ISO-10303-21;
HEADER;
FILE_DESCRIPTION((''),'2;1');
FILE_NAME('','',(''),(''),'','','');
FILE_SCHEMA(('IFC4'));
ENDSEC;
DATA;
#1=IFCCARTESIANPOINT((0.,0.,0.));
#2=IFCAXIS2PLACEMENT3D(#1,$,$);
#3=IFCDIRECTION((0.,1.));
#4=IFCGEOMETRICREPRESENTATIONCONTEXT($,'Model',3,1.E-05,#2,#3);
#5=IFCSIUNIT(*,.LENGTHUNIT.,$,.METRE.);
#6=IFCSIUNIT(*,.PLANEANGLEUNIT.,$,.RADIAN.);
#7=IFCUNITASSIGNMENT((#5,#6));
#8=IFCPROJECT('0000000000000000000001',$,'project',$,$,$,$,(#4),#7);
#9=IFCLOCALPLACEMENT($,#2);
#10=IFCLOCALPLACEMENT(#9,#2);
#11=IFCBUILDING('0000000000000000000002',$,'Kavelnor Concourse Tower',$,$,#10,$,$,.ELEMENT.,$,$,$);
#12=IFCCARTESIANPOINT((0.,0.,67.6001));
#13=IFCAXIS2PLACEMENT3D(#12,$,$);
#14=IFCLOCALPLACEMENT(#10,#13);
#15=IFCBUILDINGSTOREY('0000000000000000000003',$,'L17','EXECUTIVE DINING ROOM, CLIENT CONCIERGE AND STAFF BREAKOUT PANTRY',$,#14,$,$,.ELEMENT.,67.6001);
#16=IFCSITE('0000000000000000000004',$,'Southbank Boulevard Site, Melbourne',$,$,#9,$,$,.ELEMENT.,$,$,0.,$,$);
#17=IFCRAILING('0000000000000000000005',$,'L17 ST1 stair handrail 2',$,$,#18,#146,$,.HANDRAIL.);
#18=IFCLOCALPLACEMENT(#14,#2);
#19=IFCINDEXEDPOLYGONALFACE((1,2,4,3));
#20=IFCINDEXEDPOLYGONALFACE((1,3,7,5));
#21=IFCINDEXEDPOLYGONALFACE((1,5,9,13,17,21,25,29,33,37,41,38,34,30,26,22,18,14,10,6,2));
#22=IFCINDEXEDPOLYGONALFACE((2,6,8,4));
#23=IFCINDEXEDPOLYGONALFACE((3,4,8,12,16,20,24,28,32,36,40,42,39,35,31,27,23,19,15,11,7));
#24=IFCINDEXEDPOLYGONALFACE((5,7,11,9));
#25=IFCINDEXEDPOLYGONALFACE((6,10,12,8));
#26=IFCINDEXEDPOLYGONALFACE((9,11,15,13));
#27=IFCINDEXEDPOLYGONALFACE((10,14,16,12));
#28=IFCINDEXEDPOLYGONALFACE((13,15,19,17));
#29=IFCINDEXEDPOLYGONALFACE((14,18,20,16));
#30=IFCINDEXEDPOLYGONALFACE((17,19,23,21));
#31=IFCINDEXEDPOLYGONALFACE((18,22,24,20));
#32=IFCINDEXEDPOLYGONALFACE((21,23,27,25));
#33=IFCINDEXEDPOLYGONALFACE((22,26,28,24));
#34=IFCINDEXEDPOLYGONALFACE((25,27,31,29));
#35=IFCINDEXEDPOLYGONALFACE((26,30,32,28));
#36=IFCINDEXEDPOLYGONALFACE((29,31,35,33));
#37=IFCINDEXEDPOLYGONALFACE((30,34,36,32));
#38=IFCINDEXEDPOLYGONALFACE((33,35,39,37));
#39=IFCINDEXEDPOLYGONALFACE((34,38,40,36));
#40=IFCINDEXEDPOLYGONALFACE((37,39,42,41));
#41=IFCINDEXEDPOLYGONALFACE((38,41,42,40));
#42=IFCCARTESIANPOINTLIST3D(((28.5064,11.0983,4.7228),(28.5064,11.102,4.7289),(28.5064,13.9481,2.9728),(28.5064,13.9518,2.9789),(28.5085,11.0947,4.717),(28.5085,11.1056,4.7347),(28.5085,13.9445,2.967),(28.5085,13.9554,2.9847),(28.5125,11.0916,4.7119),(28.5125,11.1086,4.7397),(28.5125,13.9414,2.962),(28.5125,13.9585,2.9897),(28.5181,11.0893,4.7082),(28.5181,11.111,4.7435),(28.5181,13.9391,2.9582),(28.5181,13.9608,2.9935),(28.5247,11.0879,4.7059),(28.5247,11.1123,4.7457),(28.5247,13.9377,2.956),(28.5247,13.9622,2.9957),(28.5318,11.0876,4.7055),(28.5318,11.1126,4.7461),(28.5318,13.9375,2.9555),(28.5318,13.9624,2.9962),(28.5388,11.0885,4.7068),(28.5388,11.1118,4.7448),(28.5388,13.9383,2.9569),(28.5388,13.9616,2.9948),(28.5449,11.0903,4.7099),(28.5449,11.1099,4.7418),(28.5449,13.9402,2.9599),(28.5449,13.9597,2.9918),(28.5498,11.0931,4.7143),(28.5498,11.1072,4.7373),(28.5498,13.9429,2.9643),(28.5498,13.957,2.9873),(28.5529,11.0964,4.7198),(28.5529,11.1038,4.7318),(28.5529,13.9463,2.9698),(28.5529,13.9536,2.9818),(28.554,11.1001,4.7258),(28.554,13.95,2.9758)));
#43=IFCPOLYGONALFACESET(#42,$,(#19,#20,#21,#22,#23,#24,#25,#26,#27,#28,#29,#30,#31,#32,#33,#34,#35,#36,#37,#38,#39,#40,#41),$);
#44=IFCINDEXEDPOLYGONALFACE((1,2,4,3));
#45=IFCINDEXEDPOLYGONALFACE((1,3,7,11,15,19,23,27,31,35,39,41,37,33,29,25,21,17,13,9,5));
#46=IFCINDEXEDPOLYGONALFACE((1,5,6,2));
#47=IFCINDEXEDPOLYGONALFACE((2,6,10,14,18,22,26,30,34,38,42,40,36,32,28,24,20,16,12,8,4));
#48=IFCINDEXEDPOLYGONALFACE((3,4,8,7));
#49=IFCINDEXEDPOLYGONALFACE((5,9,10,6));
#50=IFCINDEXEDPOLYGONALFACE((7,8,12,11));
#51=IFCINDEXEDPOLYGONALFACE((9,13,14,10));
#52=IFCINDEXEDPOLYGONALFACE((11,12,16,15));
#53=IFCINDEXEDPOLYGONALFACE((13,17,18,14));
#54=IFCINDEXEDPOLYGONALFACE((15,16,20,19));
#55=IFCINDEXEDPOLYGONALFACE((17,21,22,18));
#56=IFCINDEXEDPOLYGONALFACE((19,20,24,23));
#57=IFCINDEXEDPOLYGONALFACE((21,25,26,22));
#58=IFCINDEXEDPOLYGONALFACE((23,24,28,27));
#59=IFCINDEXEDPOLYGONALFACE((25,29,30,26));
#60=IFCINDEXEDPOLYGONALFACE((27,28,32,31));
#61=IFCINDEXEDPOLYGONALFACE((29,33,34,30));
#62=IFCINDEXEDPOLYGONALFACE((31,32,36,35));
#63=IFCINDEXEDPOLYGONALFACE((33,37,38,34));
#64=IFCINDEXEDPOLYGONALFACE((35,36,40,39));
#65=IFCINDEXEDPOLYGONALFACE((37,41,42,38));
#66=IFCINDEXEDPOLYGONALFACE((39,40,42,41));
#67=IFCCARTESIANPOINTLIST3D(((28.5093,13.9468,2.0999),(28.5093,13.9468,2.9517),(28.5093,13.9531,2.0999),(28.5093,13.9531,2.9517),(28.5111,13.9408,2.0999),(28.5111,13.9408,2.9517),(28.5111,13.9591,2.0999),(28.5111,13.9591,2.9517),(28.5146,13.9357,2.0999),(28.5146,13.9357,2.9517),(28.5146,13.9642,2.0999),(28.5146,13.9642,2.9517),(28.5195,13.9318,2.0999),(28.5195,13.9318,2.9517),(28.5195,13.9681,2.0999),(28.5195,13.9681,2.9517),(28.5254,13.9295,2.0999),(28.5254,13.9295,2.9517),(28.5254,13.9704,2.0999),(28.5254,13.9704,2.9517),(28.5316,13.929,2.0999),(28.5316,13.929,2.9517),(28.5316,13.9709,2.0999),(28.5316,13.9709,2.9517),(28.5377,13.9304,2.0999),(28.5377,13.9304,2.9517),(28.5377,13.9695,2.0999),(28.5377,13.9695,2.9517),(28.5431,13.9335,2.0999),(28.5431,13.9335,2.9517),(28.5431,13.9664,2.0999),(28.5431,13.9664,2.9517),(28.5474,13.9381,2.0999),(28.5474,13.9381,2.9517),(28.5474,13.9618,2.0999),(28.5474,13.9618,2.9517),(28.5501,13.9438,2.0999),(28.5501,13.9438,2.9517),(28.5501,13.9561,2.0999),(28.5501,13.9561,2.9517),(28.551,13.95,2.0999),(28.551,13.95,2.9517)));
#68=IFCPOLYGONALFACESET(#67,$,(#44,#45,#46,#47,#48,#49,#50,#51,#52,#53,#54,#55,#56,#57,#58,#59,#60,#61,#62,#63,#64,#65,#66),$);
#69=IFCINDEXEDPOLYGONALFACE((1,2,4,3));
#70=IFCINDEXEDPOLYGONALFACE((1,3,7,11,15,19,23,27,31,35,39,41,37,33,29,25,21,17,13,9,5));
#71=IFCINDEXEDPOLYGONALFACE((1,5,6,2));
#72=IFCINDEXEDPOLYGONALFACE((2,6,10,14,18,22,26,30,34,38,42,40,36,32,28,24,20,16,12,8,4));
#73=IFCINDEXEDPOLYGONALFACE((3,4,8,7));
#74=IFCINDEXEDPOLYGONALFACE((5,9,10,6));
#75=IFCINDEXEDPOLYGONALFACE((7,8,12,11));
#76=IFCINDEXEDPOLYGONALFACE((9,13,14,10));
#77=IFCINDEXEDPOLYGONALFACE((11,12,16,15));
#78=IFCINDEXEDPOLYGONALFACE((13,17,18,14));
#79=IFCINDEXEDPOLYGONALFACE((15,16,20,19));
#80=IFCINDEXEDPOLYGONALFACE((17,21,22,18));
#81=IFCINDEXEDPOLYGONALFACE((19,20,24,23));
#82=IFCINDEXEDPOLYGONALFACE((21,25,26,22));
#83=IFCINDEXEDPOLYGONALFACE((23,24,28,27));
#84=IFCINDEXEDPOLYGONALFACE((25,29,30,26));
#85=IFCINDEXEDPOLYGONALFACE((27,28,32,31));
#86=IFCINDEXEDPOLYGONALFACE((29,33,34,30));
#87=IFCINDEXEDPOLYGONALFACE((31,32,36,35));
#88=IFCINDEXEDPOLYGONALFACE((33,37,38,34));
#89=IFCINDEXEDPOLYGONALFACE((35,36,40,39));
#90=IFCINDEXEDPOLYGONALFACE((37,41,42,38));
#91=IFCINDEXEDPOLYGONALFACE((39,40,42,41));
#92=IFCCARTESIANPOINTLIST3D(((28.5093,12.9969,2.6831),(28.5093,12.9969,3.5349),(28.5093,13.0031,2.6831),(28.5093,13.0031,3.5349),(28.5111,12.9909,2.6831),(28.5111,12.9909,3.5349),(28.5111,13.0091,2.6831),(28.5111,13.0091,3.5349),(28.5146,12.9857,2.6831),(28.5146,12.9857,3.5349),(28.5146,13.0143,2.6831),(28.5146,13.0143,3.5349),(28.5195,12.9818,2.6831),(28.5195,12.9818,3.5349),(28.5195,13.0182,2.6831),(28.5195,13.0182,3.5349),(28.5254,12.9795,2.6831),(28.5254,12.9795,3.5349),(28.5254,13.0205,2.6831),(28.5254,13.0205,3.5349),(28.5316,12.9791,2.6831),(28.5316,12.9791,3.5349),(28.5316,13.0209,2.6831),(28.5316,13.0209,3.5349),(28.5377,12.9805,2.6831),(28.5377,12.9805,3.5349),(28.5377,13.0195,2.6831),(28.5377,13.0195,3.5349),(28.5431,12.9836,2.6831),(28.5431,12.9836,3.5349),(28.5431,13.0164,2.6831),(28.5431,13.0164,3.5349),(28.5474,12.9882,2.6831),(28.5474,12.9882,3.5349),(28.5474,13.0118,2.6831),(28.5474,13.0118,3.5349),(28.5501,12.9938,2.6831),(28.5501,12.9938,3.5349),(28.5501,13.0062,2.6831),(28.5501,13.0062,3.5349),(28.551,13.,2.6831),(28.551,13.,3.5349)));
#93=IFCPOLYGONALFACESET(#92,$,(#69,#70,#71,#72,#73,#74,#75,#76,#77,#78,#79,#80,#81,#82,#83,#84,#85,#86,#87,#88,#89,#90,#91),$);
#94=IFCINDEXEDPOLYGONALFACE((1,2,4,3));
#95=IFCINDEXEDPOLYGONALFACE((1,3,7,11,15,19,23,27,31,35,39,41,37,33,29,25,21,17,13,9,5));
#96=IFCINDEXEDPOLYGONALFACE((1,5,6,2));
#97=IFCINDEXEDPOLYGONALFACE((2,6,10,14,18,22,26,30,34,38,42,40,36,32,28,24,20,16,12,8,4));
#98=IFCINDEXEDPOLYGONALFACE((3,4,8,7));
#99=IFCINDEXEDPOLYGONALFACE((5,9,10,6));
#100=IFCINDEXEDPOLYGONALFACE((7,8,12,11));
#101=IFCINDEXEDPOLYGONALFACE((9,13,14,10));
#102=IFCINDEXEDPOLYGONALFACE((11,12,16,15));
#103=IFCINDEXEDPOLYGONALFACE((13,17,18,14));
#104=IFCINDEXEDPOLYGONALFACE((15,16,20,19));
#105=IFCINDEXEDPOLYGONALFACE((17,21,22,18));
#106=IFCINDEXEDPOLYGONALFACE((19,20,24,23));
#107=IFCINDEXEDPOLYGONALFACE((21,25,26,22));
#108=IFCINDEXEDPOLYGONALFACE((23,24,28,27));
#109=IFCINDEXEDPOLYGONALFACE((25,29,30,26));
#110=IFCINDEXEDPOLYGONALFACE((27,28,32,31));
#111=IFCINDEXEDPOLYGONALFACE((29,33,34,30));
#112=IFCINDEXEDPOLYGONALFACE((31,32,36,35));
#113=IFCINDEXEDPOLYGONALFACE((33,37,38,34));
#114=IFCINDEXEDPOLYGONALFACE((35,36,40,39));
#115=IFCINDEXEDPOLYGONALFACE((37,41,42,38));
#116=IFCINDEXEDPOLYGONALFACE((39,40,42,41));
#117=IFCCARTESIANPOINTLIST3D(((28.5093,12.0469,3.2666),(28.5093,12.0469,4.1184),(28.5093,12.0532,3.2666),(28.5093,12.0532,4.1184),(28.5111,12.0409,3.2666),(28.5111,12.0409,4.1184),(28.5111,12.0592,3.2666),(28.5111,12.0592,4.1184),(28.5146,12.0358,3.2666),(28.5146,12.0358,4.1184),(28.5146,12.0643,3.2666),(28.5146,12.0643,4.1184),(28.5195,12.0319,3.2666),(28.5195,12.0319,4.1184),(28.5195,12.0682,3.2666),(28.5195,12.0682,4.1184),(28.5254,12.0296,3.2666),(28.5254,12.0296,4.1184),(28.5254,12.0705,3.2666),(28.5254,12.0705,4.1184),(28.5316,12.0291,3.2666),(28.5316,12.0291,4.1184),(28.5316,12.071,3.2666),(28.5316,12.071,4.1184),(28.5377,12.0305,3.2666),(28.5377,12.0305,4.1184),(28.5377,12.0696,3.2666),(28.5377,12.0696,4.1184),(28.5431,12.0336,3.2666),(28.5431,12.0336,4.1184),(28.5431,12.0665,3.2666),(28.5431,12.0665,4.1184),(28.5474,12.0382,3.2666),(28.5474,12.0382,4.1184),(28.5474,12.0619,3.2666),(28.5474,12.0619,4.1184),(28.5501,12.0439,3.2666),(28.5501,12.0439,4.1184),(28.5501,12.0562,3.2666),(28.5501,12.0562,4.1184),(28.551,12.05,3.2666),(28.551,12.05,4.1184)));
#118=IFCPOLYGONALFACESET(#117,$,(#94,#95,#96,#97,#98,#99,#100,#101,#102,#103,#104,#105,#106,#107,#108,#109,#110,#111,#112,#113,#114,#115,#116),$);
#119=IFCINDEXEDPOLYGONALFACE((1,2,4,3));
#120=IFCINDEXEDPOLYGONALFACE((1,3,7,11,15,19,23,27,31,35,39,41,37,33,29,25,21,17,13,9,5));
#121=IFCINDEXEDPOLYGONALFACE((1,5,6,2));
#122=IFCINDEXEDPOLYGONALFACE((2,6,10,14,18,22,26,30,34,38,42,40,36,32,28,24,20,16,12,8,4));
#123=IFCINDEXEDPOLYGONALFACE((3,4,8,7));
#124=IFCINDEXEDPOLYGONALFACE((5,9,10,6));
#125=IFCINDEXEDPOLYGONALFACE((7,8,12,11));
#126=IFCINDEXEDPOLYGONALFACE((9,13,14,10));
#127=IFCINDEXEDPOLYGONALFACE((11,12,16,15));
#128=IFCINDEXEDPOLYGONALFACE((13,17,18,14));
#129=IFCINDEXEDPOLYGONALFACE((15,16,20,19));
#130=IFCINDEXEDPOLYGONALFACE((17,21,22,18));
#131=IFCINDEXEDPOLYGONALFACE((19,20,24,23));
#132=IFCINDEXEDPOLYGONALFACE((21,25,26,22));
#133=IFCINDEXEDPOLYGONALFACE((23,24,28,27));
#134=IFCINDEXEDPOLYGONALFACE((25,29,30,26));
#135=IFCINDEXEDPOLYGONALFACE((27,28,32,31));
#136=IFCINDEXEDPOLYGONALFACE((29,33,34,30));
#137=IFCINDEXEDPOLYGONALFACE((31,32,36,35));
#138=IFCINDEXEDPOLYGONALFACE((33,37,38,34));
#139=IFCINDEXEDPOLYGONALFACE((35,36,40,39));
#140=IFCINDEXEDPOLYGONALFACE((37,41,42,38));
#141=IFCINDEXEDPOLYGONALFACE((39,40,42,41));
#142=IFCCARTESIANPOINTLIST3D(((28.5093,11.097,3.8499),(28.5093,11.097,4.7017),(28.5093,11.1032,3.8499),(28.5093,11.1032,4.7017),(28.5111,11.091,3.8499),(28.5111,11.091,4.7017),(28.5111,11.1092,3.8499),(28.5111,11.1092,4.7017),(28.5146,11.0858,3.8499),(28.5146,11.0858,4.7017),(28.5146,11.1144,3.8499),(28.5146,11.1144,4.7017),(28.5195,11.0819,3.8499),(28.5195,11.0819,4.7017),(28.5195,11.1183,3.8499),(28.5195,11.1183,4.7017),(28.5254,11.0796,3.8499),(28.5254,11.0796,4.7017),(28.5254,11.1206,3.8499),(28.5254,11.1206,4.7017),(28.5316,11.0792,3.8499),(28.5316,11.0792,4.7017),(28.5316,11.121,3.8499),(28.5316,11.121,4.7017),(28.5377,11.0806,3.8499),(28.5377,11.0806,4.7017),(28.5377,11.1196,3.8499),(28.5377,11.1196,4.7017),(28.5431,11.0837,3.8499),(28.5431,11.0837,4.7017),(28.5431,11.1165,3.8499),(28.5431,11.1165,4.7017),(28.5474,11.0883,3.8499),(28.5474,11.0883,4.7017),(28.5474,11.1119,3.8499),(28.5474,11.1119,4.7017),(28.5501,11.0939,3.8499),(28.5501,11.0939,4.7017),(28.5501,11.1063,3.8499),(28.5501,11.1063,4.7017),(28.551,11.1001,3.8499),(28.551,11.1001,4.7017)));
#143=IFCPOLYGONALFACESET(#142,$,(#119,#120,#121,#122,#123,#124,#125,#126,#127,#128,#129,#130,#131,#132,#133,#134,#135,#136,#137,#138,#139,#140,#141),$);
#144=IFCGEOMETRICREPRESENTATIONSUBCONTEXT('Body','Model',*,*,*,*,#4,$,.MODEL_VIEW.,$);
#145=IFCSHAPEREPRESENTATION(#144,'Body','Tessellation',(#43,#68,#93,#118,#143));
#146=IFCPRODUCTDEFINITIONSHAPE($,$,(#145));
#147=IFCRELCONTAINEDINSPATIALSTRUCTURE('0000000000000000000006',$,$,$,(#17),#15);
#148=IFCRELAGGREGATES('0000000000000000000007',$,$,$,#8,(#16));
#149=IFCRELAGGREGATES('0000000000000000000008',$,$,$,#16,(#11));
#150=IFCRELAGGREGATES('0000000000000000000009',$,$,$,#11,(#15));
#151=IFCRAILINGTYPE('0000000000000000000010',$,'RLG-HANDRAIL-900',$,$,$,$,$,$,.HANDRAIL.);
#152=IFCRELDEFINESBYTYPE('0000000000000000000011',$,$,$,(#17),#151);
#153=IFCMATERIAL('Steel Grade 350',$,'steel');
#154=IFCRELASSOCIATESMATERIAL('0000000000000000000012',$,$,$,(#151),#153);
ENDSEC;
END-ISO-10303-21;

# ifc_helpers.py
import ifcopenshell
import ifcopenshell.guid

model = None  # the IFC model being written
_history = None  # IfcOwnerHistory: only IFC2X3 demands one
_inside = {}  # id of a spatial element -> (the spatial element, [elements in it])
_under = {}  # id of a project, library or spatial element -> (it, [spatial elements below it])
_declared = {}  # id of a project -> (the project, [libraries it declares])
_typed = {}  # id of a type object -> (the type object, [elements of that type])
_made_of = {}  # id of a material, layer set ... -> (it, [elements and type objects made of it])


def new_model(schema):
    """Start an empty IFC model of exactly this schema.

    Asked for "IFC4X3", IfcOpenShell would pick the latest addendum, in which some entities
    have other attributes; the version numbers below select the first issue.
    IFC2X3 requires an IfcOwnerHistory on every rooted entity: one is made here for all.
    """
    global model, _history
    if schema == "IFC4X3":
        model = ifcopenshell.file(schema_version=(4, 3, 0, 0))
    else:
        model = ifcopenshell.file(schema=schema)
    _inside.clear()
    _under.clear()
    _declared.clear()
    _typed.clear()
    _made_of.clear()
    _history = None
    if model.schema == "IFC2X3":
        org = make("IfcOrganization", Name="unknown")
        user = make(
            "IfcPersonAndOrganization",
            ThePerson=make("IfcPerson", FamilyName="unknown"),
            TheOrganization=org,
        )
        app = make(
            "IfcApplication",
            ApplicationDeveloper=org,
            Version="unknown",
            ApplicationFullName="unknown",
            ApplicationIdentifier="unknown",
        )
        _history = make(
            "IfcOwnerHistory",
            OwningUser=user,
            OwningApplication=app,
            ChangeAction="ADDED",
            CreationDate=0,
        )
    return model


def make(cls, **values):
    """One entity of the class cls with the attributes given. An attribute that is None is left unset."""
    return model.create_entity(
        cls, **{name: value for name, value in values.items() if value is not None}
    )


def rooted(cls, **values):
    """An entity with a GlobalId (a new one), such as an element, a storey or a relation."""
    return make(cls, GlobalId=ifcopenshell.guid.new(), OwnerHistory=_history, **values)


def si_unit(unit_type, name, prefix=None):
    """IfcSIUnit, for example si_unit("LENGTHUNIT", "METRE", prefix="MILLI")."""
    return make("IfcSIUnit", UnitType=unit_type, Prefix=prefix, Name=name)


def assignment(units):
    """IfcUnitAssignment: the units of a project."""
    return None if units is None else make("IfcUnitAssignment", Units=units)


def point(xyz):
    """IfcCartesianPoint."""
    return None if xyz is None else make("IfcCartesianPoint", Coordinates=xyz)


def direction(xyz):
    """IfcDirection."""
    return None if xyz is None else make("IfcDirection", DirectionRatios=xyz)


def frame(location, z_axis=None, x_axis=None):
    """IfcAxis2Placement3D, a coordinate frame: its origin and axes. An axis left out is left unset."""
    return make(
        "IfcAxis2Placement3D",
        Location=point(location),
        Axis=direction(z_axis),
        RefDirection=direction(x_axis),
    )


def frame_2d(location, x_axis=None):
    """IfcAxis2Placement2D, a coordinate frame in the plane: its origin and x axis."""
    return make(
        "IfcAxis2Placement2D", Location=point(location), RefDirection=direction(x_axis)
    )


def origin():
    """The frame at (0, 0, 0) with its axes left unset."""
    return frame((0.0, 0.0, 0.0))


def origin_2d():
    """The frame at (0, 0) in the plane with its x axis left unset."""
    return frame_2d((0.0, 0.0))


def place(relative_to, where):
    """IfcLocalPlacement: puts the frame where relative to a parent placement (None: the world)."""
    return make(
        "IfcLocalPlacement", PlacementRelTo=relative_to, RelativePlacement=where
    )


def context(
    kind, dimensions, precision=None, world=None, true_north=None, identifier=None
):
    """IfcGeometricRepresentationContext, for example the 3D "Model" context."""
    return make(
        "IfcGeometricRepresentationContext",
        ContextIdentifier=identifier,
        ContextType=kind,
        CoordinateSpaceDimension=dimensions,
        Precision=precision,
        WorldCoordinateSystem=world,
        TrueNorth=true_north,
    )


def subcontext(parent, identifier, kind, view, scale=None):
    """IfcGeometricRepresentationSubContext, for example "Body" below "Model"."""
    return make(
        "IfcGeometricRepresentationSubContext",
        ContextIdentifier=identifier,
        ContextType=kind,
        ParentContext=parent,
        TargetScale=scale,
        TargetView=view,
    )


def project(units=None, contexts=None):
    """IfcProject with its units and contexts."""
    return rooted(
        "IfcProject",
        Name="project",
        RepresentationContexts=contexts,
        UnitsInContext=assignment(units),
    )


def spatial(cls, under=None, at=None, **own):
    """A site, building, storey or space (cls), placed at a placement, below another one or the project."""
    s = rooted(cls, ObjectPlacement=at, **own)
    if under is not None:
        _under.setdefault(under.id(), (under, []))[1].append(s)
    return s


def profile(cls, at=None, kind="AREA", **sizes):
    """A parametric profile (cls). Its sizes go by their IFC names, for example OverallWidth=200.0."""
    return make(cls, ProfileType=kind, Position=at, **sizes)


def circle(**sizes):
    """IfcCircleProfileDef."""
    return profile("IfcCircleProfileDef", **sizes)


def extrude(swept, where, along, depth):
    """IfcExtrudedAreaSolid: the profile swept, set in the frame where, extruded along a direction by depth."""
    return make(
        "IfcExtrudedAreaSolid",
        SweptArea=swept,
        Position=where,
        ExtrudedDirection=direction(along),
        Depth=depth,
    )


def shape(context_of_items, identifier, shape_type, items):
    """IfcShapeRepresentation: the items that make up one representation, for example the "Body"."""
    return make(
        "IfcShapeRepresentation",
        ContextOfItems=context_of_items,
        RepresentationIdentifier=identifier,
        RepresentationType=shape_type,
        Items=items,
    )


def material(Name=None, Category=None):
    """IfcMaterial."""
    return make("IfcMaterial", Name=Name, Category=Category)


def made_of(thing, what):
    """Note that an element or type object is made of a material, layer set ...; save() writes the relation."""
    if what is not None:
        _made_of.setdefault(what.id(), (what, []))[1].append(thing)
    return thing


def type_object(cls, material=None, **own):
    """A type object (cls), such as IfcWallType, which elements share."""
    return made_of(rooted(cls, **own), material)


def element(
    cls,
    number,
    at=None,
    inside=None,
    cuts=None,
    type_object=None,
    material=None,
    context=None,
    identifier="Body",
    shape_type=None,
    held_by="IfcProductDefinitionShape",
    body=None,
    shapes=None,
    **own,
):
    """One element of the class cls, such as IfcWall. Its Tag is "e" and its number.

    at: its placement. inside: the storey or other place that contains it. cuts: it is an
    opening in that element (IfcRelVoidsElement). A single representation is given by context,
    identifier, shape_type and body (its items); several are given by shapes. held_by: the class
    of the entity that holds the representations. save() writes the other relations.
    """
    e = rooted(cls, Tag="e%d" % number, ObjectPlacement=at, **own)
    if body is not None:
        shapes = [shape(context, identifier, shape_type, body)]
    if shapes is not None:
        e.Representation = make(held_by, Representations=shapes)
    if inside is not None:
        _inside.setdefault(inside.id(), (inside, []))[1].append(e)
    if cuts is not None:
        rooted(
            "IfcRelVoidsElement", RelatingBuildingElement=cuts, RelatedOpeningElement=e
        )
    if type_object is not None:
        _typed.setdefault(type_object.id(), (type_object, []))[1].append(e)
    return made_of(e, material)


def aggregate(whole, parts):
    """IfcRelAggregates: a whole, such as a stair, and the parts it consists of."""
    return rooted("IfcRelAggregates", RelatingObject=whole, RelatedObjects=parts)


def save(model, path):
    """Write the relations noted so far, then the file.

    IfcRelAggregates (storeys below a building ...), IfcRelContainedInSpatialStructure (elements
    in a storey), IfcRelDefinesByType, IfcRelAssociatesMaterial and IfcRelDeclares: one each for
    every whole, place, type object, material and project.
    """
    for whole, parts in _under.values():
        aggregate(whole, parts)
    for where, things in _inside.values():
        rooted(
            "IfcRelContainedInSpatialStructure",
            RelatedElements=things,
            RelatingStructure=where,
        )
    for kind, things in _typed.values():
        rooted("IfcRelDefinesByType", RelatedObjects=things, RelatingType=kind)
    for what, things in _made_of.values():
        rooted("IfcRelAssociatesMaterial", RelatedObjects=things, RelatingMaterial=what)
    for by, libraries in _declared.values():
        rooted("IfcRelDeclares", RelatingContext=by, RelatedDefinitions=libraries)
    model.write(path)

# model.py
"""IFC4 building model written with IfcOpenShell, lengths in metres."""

from ifc_helpers import new_model, si_unit, direction, frame, origin, origin_2d, place, context, subcontext, project, spatial, circle, extrude, material, type_object, element, save


model = new_model("IFC4")

# Units and contexts
model_context = context("Model", 3, precision=1e-05, world=origin(), true_north=direction((0.0, 1.0)))
body_context = subcontext(model_context, "Body", "Model", "MODEL_VIEW")
ifc_project = project(units=[si_unit("LENGTHUNIT", "METRE"), si_unit("PLANEANGLEUNIT", "RADIAN")], contexts=[model_context])

# Site, building, storey
site_placement = place(None, origin())
site = spatial("IfcSite", under=ifc_project, at=site_placement, Name="Southbank Boulevard Site, Melbourne", CompositionType="ELEMENT", RefElevation=0.0)
building_placement = place(site_placement, origin())
building = spatial("IfcBuilding", under=site, at=building_placement, Name="Kavelnor Concourse Tower", CompositionType="ELEMENT")
storey_placement = place(building_placement, frame((0.0, 0.0, 67.6001)))
storey = spatial("IfcBuildingStorey", under=building, at=storey_placement, Name="L17", Description="EXECUTIVE DINING ROOM, CLIENT CONCIERGE AND STAFF BREAKOUT PANTRY", CompositionType="ELEMENT", Elevation=67.6001)

# Shared definitions
ifc_material_1 = material(Name="Steel Grade 350", Category="steel")

# Railing
railing_type_1 = type_object("IfcRailingType", Name="RLG-HANDRAIL-900", PredefinedType="HANDRAIL", material=ifc_material_1)
railing_1_placement = place(storey_placement, frame((28.53, 13.95, 2.0999)))
element("IfcRailing", 1, at=railing_1_placement, inside=storey, type_object=railing_type_1, Name="L17 ST1 stair handrail 2", PredefinedType="HANDRAIL", context=body_context, shape_type="SweptSolid", body=[
    extrude(circle(Radius=0.0239, at=origin_2d()), frame((0.0, 0.0, 0.876), z_axis=(0.0, -0.852159, 0.523283), x_axis=(1.0, 0.0, 0.0)), (0.0, 0.0, 1.0), 3.3442),
    extrude(circle(Radius=0.021, at=origin_2d()), origin(), (0.0, 0.0, 1.0), 0.8518),
    extrude(circle(Radius=0.021, at=origin_2d()), frame((0.0, -0.95, 0.5833)), (0.0, 0.0, 1.0), 0.8518),
    extrude(circle(Radius=0.021, at=origin_2d()), frame((0.0, -1.8999, 1.1667)), (0.0, 0.0, 1.0), 0.8518),
    extrude(circle(Radius=0.021, at=origin_2d()), frame((0.0, -2.8499, 1.75)), (0.0, 0.0, 1.0), 0.8518),
])

save(model, "model.ifc")
